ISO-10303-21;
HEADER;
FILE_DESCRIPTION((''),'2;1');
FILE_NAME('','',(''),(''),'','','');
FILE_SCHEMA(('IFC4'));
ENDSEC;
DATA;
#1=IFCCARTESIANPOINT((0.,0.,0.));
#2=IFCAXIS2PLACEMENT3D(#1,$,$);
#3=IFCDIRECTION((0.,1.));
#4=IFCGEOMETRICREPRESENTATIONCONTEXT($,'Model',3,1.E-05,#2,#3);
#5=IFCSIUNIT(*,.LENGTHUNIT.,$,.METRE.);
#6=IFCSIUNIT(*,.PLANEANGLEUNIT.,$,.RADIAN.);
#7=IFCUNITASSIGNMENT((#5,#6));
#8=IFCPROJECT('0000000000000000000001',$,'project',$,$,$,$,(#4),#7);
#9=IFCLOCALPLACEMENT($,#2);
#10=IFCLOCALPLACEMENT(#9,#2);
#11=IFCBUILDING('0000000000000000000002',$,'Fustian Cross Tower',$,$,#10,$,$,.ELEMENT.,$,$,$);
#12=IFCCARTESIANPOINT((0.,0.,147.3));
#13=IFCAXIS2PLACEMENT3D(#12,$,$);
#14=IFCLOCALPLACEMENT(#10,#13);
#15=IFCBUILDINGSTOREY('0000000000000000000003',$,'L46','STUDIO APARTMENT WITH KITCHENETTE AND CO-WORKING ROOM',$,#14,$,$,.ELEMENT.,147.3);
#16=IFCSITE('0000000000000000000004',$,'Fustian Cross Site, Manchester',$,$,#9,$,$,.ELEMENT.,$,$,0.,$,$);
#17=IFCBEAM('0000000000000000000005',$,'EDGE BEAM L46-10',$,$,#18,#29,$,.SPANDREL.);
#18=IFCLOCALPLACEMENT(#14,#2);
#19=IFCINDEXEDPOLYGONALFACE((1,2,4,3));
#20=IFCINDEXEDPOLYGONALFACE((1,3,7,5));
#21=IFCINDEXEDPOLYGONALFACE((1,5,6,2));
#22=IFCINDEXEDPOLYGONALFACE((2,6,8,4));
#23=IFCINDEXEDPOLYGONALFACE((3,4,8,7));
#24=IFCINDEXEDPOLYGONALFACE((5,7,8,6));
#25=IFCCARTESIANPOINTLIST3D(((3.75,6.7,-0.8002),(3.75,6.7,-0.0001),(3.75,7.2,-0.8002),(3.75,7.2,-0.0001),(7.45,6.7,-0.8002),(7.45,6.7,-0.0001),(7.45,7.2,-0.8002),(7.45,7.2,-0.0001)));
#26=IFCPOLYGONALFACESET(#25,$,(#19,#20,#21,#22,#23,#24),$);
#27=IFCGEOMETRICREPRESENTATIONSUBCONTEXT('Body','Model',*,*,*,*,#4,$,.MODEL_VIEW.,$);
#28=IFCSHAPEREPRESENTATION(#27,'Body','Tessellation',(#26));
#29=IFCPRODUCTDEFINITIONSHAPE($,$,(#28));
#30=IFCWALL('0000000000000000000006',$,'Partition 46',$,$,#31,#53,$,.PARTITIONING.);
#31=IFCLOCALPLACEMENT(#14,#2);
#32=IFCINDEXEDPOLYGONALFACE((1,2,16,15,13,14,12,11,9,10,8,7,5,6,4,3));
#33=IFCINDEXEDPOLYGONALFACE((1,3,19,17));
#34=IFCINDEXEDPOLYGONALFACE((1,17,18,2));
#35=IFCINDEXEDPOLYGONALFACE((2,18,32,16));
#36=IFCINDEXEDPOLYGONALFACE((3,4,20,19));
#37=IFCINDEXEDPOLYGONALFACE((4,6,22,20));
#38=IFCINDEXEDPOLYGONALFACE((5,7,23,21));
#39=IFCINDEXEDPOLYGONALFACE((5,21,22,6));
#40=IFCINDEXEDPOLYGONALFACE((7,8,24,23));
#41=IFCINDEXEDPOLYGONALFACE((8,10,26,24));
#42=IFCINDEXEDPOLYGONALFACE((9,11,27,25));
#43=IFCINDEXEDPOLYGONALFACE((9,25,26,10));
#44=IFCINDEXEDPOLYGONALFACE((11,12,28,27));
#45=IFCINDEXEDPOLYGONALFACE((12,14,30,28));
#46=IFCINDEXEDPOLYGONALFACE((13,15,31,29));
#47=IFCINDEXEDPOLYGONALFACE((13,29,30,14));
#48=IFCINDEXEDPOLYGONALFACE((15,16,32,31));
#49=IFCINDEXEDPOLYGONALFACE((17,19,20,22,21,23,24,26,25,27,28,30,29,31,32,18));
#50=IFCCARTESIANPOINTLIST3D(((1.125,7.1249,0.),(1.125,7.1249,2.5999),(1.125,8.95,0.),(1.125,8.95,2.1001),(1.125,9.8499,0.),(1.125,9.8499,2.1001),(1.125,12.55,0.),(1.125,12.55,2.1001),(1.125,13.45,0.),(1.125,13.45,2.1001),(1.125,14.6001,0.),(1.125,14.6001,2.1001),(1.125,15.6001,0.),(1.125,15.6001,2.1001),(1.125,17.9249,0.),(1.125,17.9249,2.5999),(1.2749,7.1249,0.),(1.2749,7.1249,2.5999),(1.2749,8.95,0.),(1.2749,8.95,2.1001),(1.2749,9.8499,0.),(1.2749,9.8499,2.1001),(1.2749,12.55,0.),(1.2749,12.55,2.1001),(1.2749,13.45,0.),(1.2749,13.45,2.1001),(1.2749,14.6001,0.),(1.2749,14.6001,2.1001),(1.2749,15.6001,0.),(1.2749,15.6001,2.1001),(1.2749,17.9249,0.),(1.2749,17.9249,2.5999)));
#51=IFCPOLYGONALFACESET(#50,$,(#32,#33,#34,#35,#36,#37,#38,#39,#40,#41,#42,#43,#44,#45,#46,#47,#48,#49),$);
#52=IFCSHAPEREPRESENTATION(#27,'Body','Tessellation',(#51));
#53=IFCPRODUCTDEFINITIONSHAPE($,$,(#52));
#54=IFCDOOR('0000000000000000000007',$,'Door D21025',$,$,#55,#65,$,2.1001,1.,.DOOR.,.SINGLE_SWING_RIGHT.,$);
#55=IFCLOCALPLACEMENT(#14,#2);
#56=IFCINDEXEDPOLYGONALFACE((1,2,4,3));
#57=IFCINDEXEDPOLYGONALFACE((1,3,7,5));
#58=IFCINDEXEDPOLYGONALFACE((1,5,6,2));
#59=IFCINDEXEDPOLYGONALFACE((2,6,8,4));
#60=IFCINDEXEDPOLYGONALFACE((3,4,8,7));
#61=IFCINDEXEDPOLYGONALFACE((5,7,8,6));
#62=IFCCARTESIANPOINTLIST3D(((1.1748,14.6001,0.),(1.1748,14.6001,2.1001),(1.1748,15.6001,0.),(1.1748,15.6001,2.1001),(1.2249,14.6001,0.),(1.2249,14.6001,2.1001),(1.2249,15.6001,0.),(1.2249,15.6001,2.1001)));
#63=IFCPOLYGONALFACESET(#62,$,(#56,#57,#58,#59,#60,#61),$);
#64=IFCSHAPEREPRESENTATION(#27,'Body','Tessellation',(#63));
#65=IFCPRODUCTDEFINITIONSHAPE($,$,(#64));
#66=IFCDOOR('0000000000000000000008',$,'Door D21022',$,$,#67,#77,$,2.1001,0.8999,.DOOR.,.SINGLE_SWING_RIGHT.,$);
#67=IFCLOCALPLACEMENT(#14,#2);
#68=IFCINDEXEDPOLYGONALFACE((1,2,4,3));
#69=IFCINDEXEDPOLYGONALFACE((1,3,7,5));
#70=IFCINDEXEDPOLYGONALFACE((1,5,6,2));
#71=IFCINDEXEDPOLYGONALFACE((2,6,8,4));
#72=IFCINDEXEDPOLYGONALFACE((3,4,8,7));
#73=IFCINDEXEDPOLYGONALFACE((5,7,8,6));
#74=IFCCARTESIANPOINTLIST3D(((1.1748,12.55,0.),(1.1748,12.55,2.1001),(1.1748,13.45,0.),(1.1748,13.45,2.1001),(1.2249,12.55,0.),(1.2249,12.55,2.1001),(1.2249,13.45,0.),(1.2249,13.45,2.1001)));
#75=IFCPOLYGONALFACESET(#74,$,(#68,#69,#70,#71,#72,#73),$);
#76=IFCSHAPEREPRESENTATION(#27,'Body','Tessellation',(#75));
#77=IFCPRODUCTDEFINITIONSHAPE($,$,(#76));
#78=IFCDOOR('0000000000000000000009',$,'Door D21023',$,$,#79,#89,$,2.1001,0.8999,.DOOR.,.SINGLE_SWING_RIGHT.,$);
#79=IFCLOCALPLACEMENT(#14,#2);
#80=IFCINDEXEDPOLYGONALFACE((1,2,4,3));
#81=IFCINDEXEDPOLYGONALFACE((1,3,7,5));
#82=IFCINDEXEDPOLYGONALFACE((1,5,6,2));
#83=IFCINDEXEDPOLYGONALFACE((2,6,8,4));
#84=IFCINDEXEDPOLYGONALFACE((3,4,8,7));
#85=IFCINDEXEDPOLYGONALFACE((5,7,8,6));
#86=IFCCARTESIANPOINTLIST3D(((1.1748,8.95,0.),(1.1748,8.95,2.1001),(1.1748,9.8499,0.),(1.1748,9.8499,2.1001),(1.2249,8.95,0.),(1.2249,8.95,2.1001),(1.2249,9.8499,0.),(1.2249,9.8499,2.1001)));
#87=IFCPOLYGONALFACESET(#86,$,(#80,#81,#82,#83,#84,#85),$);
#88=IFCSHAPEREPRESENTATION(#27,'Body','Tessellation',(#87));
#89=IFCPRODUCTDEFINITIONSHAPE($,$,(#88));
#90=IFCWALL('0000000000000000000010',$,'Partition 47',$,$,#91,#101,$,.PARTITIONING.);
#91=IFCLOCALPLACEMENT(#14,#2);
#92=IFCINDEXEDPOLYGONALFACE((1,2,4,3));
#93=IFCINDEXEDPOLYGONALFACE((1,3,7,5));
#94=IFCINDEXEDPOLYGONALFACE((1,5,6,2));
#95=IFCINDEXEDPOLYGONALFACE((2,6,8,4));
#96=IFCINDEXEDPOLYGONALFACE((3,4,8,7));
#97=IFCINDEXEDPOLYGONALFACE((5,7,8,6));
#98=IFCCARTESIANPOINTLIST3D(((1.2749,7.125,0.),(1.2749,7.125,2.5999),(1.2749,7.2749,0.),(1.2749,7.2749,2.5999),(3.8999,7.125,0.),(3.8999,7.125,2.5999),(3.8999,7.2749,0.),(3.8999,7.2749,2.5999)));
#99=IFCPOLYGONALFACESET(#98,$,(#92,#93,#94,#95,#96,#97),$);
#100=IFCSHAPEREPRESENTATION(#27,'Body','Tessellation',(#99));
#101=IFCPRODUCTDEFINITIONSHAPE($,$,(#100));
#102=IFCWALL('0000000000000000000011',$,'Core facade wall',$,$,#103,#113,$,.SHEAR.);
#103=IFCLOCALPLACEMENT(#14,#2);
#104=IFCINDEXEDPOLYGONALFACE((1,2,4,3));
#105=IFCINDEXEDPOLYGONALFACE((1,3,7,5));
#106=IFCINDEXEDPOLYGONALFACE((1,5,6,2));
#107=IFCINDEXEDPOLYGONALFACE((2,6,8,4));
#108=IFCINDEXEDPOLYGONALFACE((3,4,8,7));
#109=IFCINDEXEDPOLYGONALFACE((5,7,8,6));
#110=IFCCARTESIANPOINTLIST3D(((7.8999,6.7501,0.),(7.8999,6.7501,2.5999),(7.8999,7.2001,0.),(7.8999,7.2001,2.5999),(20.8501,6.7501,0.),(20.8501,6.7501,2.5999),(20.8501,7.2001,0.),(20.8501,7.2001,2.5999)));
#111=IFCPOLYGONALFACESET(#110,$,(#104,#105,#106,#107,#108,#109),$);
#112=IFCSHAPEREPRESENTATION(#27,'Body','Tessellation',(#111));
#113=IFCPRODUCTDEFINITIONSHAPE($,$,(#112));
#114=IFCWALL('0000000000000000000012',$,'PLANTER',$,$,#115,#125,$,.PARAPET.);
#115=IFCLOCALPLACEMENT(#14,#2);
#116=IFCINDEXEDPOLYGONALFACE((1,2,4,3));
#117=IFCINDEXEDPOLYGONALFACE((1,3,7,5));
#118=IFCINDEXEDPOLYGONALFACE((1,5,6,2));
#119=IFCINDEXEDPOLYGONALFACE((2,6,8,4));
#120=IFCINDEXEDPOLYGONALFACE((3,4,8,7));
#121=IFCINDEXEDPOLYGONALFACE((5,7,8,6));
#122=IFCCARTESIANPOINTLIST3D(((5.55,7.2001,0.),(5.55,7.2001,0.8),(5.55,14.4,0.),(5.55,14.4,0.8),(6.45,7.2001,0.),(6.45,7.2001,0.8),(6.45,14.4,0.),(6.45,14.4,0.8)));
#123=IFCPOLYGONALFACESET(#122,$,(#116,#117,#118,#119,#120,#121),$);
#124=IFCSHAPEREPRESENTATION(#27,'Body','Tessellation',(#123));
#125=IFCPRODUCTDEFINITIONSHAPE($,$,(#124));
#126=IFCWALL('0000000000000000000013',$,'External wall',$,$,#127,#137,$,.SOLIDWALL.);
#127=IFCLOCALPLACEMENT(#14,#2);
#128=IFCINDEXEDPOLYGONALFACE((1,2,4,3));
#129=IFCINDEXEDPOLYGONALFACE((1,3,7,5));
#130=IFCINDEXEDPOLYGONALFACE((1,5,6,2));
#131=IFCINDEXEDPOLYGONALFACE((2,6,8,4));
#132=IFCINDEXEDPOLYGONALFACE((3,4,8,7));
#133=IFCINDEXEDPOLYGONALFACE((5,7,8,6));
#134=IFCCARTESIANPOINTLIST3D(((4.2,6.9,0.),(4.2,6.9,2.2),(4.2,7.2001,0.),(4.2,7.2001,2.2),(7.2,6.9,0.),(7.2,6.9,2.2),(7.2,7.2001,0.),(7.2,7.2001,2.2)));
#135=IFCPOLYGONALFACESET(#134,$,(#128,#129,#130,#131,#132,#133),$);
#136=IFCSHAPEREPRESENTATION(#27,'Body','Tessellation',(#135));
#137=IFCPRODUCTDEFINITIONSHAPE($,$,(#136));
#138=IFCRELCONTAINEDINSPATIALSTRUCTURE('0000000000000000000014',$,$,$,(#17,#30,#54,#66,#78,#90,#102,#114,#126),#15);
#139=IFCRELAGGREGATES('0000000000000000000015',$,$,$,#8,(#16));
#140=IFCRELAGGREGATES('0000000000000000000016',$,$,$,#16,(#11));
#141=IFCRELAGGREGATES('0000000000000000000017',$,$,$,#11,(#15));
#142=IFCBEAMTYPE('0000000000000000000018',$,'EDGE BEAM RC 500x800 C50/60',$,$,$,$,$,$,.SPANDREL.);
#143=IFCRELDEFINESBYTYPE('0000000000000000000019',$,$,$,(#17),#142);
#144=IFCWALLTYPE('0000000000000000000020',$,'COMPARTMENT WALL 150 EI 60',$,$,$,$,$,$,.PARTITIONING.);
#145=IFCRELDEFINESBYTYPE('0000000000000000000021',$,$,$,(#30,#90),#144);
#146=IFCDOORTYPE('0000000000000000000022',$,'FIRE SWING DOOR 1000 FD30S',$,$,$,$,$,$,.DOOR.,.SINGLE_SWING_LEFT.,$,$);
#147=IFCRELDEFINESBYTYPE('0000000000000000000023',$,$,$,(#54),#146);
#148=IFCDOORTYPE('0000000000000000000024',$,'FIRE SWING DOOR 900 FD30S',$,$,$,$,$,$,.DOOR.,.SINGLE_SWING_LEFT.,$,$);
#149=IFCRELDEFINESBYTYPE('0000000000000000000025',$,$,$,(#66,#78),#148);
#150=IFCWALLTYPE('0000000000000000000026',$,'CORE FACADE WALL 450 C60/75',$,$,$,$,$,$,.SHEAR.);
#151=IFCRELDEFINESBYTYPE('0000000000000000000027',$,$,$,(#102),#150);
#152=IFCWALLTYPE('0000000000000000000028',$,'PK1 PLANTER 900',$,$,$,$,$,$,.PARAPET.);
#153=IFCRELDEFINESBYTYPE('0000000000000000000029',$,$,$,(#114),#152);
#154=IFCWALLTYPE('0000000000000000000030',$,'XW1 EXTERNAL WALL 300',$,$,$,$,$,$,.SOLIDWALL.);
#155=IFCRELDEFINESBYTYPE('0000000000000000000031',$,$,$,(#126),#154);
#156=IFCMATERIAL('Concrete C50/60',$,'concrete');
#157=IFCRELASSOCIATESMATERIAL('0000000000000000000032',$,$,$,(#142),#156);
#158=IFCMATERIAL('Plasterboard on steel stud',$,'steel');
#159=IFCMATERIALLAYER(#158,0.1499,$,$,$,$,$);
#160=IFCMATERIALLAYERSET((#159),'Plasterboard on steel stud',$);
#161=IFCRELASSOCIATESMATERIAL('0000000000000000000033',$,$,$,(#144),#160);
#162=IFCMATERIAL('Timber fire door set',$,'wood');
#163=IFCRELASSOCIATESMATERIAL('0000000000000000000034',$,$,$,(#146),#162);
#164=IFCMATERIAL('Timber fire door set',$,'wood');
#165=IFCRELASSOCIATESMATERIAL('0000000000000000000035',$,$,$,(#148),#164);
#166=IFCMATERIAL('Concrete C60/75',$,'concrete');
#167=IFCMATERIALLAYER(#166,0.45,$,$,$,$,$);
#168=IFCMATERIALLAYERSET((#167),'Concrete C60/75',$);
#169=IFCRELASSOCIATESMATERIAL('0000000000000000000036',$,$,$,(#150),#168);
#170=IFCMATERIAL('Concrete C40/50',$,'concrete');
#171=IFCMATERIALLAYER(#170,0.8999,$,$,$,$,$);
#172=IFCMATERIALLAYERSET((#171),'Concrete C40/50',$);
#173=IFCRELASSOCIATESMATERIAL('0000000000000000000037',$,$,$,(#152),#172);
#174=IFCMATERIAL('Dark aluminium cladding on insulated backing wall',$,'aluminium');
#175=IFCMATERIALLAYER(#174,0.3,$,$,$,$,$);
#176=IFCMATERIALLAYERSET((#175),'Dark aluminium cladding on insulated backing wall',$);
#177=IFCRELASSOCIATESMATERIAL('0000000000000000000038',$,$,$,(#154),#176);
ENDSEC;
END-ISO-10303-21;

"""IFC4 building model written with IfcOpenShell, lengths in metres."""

from ifc_helpers import new_model, si_unit, direction, frame, frame_2d, origin, origin_2d, place, context, subcontext, project, spatial, rectangle, extrude, material, layer, layer_set, material_profile, profile_set, type_object, element, fill, save


model = new_model("IFC4")

# Units and contexts
model_context = context("Model", 3, precision=1e-05, world=origin(), true_north=direction((0.0, 1.0)))
body_context = subcontext(model_context, "Body", "Model", "MODEL_VIEW")
ifc_project = project(units=[si_unit("LENGTHUNIT", "METRE"), si_unit("PLANEANGLEUNIT", "RADIAN")], contexts=[model_context])

# Site, building, storey
site_placement = place(None, origin())
site = spatial("IfcSite", under=ifc_project, at=site_placement, Name="Fustian Cross Site, Manchester", CompositionType="ELEMENT", RefElevation=0.0)
building_placement = place(site_placement, origin())
building = spatial("IfcBuilding", under=site, at=building_placement, Name="Fustian Cross Tower", CompositionType="ELEMENT")
storey_placement = place(building_placement, frame((0.0, 0.0, 147.3)))
storey = spatial("IfcBuildingStorey", under=building, at=storey_placement, Name="L46", Description="STUDIO APARTMENT WITH KITCHENETTE AND CO-WORKING ROOM", CompositionType="ELEMENT", Elevation=147.3)

# Beam
ifc_material_1 = material(Name="Concrete C50/60", Category="concrete")
ifc_material_profile = material_profile(ifc_material_1, rectangle(XDim=0.5, YDim=0.8, at=origin_2d()), Name="RC 500x800")
ifc_profile_set = profile_set([ifc_material_profile], Name="Concrete C50/60")
beam_type = type_object("IfcBeamType", Name="EDGE BEAM RC 500x800 C50/60", PredefinedType="SPANDREL", material=ifc_profile_set)
beam_placement = place(storey_placement, frame((7.45, 6.95, -0.4001), z_axis=(-1.0, 0.0, 0.0), x_axis=(0.0, -1.0, 0.0)))
element("IfcBeam", 1, at=beam_placement, inside=storey, type_object=beam_type, Name="EDGE BEAM L46-10", PredefinedType="SPANDREL", context=body_context, shape_type="SweptSolid", body=[
    extrude(rectangle(XDim=0.5, YDim=0.8, at=origin_2d()), origin(), (0.0, 0.0, 1.0), 3.7),
])

# Wall, openings, doors
ifc_material_2 = material(Name="Plasterboard on steel stud", Category="steel")
ifc_layer_1 = layer(ifc_material_2, 0.1499)
ifc_layer_set_1 = layer_set([ifc_layer_1], Name="Plasterboard on steel stud")
wall_type_1 = type_object("IfcWallType", Name="COMPARTMENT WALL 150 EI 60", PredefinedType="PARTITIONING", material=ifc_layer_set_1)
wall_1_placement = place(storey_placement, frame((1.2, 7.125, 0.0), z_axis=(0.0, 0.0, 1.0), x_axis=(0.0, 1.0, 0.0)))
wall_1 = element("IfcWall", 2, at=wall_1_placement, inside=storey, type_object=wall_type_1, Name="Partition 46", PredefinedType="PARTITIONING", context=body_context, shape_type="SweptSolid", body=[
    extrude(rectangle(XDim=10.8, YDim=0.1499, at=frame_2d((5.3999, 0.0))), origin(), (0.0, 0.0, 1.0), 2.5999),
])
opening_1_placement = place(wall_1_placement, frame((5.425, 0.0, 0.0)))
opening_1 = element("IfcOpeningElement", 3, at=opening_1_placement, cuts=wall_1, PredefinedType="OPENING", context=body_context, shape_type="SweptSolid", body=[
    extrude(rectangle(XDim=0.8999, YDim=2.1001, at=frame_2d((0.45, 1.05))), frame((0.0, 0.085, 0.0), z_axis=(0.0, -1.0, 0.0), x_axis=(1.0, 0.0, 0.0)), (0.0, 0.0, 1.0), 0.1699),
])
opening_2_placement = place(wall_1_placement, frame((1.825, 0.0, 0.0)))
opening_2 = element("IfcOpeningElement", 4, at=opening_2_placement, cuts=wall_1, PredefinedType="OPENING", context=body_context, shape_type="SweptSolid", body=[
    extrude(rectangle(XDim=0.8999, YDim=2.1001, at=frame_2d((0.45, 1.05))), frame((0.0, 0.085, 0.0), z_axis=(0.0, -1.0, 0.0), x_axis=(1.0, 0.0, 0.0)), (0.0, 0.0, 1.0), 0.1699),
])
opening_3_placement = place(wall_1_placement, frame((7.4751, 0.0, 0.0)))
opening_3 = element("IfcOpeningElement", 5, at=opening_3_placement, cuts=wall_1, PredefinedType="OPENING", context=body_context, shape_type="SweptSolid", body=[
    extrude(rectangle(XDim=1.0, YDim=2.1001, at=frame_2d((0.5, 1.05))), frame((0.0, 0.085, 0.0), z_axis=(0.0, -1.0, 0.0), x_axis=(1.0, 0.0, 0.0)), (0.0, 0.0, 1.0), 0.1699),
])
ifc_material_3 = material(Name="Timber fire door set", Category="wood")
door_type_1 = type_object("IfcDoorType", Name="FIRE SWING DOOR 1000 FD30S", OperationType="SINGLE_SWING_LEFT", PredefinedType="DOOR", material=ifc_material_3)
door_1_placement = place(opening_3_placement, frame((1.0, 0.0, 0.0), z_axis=(0.0, 0.0, 1.0), x_axis=(-1.0, 0.0, 0.0)))
door_1 = element("IfcDoor", 6, at=door_1_placement, inside=storey, type_object=door_type_1, Name="Door D21025", OperationType="SINGLE_SWING_RIGHT", OverallHeight=2.1001, OverallWidth=1.0, PredefinedType="DOOR", context=body_context, shape_type="SweptSolid", body=[
    extrude(rectangle(XDim=1.0, YDim=2.1001, at=frame_2d((0.5, 1.05))), frame((0.0, 0.0249, 0.0), z_axis=(0.0, -1.0, 0.0), x_axis=(1.0, 0.0, 0.0)), (0.0, 0.0, 1.0), 0.05),
])
fill(opening_3, door_1)
ifc_material_4 = material(Name="Timber fire door set", Category="wood")
door_type_2 = type_object("IfcDoorType", Name="FIRE SWING DOOR 900 FD30S", OperationType="SINGLE_SWING_LEFT", PredefinedType="DOOR", material=ifc_material_4)
door_2_placement = place(opening_1_placement, frame((0.8999, 0.0, 0.0), z_axis=(0.0, 0.0, 1.0), x_axis=(-1.0, 0.0, 0.0)))
door_2 = element("IfcDoor", 7, at=door_2_placement, inside=storey, type_object=door_type_2, Name="Door D21022", OperationType="SINGLE_SWING_RIGHT", OverallHeight=2.1001, OverallWidth=0.8999, PredefinedType="DOOR", context=body_context, shape_type="SweptSolid", body=[
    extrude(rectangle(XDim=0.8999, YDim=2.1001, at=frame_2d((0.45, 1.05))), frame((0.0, 0.0249, 0.0), z_axis=(0.0, -1.0, 0.0), x_axis=(1.0, 0.0, 0.0)), (0.0, 0.0, 1.0), 0.05),
])
fill(opening_1, door_2)
door_3_placement = place(opening_2_placement, frame((0.8999, 0.0, 0.0), z_axis=(0.0, 0.0, 1.0), x_axis=(-1.0, 0.0, 0.0)))
door_3 = element("IfcDoor", 8, at=door_3_placement, inside=storey, type_object=door_type_2, Name="Door D21023", OperationType="SINGLE_SWING_RIGHT", OverallHeight=2.1001, OverallWidth=0.8999, PredefinedType="DOOR", context=body_context, shape_type="SweptSolid", body=[
    extrude(rectangle(XDim=0.8999, YDim=2.1001, at=frame_2d((0.45, 1.05))), frame((0.0, 0.0249, 0.0), z_axis=(0.0, -1.0, 0.0), x_axis=(1.0, 0.0, 0.0)), (0.0, 0.0, 1.0), 0.05),
])
fill(opening_2, door_3)

# Walls
wall_2_placement = place(storey_placement, frame((1.2749, 7.2, 0.0), z_axis=(0.0, 0.0, 1.0), x_axis=(1.0, 0.0, 0.0)))
element("IfcWall", 9, at=wall_2_placement, inside=storey, type_object=wall_type_1, Name="Partition 47", PredefinedType="PARTITIONING", context=body_context, shape_type="SweptSolid", body=[
    extrude(rectangle(XDim=2.625, YDim=0.1499, at=frame_2d((1.3125, 0.0))), origin(), (0.0, 0.0, 1.0), 2.5999),
])
ifc_material_5 = material(Name="Concrete C60/75", Category="concrete")
ifc_layer_2 = layer(ifc_material_5, 0.45)
ifc_layer_set_2 = layer_set([ifc_layer_2], Name="Concrete C60/75")
wall_type_2 = type_object("IfcWallType", Name="CORE FACADE WALL 450 C60/75", PredefinedType="SHEAR", material=ifc_layer_set_2)
wall_3_placement = place(storey_placement, frame((7.8999, 6.9751, 0.0), z_axis=(0.0, 0.0, 1.0), x_axis=(1.0, 0.0, 0.0)))
element("IfcWall", 10, at=wall_3_placement, inside=storey, type_object=wall_type_2, Name="Core facade wall", PredefinedType="SHEAR", context=body_context, shape_type="SweptSolid", body=[
    extrude(rectangle(XDim=12.9502, YDim=0.45, at=frame_2d((6.4751, 0.0))), origin(), (0.0, 0.0, 1.0), 2.5999),
])
ifc_material_6 = material(Name="Concrete C40/50", Category="concrete")
ifc_layer_3 = layer(ifc_material_6, 0.8999)
ifc_layer_set_3 = layer_set([ifc_layer_3], Name="Concrete C40/50")
wall_type_3 = type_object("IfcWallType", Name="PK1 PLANTER 900", PredefinedType="PARAPET", material=ifc_layer_set_3)
wall_4_placement = place(storey_placement, frame((6.0, 7.2, 0.0), z_axis=(0.0, 0.0, 1.0), x_axis=(0.0, 1.0, 0.0)))
element("IfcWall", 11, at=wall_4_placement, inside=storey, type_object=wall_type_3, Name="PLANTER", PredefinedType="PARAPET", context=body_context, shape_type="SweptSolid", body=[
    extrude(rectangle(XDim=7.2, YDim=0.8999, at=frame_2d((3.6001, 0.0))), origin(), (0.0, 0.0, 1.0), 0.8),
])
ifc_material_7 = material(Name="Dark aluminium cladding on insulated backing wall", Category="aluminium")
ifc_layer_4 = layer(ifc_material_7, 0.3)
ifc_layer_set_4 = layer_set([ifc_layer_4], Name="Dark aluminium cladding on insulated backing wall")
wall_type_4 = type_object("IfcWallType", Name="XW1 EXTERNAL WALL 300", PredefinedType="SOLIDWALL", material=ifc_layer_set_4)
wall_5_placement = place(storey_placement, frame((7.2, 7.05, 0.0), z_axis=(0.0, 0.0, 1.0), x_axis=(-1.0, 0.0, 0.0)))
element("IfcWall", 12, at=wall_5_placement, inside=storey, type_object=wall_type_4, Name="External wall", PredefinedType="SOLIDWALL", context=body_context, shape_type="SweptSolid", body=[
    extrude(rectangle(XDim=3.0, YDim=0.3, at=frame_2d((1.5, 0.0))), origin(), (0.0, 0.0, 1.0), 2.2),
])

save(model, "model.ifc")
